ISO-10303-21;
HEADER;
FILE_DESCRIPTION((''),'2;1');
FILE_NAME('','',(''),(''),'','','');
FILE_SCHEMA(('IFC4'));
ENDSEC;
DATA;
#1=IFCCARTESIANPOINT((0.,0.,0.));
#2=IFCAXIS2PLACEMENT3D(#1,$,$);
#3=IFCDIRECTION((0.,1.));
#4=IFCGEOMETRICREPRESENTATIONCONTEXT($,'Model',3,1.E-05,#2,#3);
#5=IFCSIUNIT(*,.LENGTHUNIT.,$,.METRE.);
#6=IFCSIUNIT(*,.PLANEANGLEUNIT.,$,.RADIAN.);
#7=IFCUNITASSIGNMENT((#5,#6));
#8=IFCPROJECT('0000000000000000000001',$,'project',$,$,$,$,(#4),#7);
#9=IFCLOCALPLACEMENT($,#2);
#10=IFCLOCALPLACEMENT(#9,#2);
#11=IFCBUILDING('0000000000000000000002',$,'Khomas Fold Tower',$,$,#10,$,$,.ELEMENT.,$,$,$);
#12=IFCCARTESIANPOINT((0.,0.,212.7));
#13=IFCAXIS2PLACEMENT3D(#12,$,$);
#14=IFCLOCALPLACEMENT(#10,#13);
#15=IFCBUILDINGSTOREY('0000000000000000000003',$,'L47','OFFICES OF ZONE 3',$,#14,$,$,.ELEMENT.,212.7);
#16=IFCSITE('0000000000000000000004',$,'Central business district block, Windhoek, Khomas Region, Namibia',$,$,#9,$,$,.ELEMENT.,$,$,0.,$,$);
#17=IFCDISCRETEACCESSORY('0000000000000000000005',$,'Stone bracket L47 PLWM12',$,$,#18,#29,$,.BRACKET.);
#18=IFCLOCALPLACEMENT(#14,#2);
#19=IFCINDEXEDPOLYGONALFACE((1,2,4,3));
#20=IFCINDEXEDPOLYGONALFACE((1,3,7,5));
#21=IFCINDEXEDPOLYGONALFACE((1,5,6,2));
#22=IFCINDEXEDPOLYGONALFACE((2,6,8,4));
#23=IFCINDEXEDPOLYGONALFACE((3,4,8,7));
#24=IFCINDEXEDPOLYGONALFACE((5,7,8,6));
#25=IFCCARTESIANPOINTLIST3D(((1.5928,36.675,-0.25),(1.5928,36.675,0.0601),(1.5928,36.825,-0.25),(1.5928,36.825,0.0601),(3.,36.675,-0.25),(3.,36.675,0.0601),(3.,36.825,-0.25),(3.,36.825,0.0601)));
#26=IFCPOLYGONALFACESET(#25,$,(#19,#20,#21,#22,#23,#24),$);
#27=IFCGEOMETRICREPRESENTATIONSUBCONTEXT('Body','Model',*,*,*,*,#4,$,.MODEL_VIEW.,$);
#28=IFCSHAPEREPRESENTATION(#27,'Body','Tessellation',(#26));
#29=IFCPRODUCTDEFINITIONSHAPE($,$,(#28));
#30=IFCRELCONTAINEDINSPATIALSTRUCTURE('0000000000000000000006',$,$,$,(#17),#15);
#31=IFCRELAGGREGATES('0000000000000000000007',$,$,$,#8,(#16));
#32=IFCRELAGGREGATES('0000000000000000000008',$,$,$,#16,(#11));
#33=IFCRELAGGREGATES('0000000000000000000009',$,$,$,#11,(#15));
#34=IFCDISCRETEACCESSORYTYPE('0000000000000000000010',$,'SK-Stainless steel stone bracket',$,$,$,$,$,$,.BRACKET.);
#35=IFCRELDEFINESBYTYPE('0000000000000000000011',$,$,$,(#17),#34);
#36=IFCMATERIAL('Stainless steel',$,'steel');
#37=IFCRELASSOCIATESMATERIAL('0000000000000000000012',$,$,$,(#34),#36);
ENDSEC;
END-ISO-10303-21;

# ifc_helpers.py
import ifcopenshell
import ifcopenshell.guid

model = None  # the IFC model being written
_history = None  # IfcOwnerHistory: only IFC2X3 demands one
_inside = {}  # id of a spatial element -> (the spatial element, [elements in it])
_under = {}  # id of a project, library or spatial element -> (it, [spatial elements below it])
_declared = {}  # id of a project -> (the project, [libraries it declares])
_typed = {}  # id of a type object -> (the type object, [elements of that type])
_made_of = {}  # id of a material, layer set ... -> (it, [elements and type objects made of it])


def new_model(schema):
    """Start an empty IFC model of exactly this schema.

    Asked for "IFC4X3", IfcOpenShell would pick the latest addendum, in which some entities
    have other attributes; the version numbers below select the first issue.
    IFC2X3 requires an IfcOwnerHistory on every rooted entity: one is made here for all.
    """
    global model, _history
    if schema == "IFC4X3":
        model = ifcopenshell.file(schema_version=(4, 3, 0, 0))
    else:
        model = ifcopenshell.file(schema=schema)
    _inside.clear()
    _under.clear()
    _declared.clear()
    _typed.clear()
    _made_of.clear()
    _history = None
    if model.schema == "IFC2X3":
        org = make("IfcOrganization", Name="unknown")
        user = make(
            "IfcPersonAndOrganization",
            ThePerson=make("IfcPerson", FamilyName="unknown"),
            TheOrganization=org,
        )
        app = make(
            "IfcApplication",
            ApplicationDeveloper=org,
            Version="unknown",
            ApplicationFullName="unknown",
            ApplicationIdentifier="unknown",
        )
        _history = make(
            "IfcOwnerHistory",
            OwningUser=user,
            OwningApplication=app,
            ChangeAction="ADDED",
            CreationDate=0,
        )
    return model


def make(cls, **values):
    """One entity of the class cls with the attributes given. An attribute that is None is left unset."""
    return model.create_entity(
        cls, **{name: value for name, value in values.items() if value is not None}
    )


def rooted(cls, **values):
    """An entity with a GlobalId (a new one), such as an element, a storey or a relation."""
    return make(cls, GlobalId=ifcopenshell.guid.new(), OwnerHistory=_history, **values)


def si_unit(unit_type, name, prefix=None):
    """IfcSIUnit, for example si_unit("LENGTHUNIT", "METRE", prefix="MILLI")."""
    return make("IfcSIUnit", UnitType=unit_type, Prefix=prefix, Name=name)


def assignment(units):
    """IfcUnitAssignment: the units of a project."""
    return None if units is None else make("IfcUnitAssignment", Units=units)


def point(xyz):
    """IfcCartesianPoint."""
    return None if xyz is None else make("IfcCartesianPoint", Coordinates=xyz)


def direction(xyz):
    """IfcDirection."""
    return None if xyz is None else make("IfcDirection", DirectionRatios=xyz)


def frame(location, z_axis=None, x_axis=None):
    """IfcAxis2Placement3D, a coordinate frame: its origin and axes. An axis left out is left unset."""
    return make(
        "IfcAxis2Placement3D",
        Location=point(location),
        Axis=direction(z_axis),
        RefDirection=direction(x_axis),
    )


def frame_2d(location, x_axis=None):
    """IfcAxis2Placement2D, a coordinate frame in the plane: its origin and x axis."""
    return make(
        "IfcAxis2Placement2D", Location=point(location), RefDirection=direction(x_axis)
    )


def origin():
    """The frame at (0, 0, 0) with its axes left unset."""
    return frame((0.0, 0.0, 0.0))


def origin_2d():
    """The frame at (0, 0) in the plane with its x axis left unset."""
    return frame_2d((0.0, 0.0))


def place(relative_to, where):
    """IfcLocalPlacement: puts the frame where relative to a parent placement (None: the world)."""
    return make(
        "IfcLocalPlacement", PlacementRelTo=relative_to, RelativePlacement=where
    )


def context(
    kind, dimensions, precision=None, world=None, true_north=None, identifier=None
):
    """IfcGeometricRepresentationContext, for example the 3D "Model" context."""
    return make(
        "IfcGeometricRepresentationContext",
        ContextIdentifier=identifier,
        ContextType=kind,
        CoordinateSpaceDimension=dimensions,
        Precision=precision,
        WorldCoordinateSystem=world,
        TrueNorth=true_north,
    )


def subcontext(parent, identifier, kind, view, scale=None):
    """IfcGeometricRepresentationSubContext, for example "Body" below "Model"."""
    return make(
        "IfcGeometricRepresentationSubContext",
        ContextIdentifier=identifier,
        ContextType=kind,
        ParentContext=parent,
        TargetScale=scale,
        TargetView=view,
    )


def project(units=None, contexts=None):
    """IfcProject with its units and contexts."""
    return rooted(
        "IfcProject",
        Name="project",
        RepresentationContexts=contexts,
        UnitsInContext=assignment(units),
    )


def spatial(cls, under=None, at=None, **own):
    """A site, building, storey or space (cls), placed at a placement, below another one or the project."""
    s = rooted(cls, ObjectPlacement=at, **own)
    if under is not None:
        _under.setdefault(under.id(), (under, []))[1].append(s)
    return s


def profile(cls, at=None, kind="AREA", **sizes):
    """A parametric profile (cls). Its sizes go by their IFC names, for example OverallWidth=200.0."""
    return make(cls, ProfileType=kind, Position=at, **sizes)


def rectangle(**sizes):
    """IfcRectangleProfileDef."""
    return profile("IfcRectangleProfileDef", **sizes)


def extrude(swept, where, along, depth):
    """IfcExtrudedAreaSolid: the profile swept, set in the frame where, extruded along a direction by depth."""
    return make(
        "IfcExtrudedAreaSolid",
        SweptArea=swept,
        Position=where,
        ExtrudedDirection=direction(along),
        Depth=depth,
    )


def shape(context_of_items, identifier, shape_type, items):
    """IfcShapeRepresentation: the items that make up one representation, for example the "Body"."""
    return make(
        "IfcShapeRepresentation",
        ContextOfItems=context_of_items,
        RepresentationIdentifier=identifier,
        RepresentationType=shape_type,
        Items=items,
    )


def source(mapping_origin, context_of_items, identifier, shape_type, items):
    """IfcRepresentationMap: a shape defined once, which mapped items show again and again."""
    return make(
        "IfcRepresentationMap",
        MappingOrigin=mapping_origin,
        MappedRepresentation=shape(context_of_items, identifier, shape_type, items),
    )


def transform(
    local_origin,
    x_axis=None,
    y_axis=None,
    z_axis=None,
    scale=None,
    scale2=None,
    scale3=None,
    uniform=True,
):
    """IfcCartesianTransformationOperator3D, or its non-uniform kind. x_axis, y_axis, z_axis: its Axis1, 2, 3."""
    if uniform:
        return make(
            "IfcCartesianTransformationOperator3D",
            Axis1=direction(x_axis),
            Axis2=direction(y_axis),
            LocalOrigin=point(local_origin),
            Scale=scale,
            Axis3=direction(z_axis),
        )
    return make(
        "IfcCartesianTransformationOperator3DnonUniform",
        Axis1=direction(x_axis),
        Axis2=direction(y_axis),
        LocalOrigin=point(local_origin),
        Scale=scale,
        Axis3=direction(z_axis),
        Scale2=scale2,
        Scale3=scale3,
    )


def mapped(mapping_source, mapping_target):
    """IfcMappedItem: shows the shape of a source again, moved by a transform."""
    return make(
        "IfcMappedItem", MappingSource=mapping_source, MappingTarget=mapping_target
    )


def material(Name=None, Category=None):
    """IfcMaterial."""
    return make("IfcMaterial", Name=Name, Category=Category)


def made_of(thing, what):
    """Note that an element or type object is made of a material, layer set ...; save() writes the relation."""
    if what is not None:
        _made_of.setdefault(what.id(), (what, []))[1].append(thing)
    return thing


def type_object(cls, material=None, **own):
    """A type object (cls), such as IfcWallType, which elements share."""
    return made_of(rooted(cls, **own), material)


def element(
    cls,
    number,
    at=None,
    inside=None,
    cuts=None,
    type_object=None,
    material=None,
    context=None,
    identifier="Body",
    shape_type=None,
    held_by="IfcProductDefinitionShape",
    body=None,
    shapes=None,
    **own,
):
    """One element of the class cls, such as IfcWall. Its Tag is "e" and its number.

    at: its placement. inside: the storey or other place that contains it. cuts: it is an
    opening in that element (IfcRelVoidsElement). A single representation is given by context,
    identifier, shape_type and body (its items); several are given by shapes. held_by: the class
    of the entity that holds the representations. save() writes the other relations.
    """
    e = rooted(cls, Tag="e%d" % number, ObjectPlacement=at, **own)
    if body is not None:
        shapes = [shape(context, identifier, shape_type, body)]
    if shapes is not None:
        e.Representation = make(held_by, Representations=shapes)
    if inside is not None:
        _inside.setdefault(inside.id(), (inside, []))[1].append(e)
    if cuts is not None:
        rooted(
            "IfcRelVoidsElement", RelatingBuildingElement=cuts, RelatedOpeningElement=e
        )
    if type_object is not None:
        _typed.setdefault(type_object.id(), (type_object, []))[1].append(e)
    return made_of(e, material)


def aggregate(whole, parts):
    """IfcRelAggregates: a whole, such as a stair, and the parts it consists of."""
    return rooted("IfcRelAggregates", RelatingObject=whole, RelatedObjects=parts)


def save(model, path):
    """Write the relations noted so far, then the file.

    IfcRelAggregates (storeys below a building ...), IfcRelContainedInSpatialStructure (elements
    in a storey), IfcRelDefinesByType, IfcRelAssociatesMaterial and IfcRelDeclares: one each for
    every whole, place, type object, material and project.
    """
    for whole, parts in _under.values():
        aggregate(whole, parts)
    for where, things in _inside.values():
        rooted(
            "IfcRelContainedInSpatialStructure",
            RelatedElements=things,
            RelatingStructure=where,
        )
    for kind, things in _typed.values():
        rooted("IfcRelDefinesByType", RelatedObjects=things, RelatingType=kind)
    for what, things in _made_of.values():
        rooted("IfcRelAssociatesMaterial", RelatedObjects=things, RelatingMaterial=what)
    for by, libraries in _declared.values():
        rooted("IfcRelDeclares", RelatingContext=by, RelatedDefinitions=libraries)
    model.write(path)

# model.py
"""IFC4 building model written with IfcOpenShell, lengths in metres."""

from ifc_helpers import new_model, si_unit, direction, frame, origin, origin_2d, place, context, subcontext, project, spatial, rectangle, extrude, source, transform, mapped, material, type_object, element, save


model = new_model("IFC4")

# Units and contexts
model_context = context("Model", 3, precision=1e-05, world=origin(), true_north=direction((0.0, 1.0)))
body_context = subcontext(model_context, "Body", "Model", "MODEL_VIEW")
ifc_project = project(units=[si_unit("LENGTHUNIT", "METRE"), si_unit("PLANEANGLEUNIT", "RADIAN")], contexts=[model_context])

# Site, building, storey
site_placement = place(None, origin())
site = spatial("IfcSite", under=ifc_project, at=site_placement, Name="Central business district block, Windhoek, Khomas Region, Namibia", CompositionType="ELEMENT", RefElevation=0.0)
building_placement = place(site_placement, origin())
building = spatial("IfcBuilding", under=site, at=building_placement, Name="Khomas Fold Tower", CompositionType="ELEMENT")
storey_placement = place(building_placement, frame((0.0, 0.0, 212.7)))
storey = spatial("IfcBuildingStorey", under=building, at=storey_placement, Name="L47", Description="OFFICES OF ZONE 3", CompositionType="ELEMENT", Elevation=212.7)

# Discrete accessory
ifc_material_1 = material(Name="Stainless steel", Category="steel")
discrete_accessory_type = type_object("IfcDiscreteAccessoryType", Name="SK-Stainless steel stone bracket", PredefinedType="BRACKET", material=ifc_material_1)
shared_shape_1 = source(origin(), body_context, "Body", "SweptSolid", [
    extrude(rectangle(XDim=1.4072, YDim=0.1499, at=origin_2d()), origin(), (0.0, 0.0, 1.0), 0.3101),
])
for number, where, z_axis, x_axis, name in (
    (1, (2.2964, 36.75, -0.25), (0.0, 0.0, 1.0), (-1.0, 0.0, 0.0), "Stone bracket L47 PLWM12"),
):
    element("IfcDiscreteAccessory", number, at=place(storey_placement, frame(where, z_axis=z_axis, x_axis=x_axis)), inside=storey, type_object=discrete_accessory_type, Name=name, PredefinedType="BRACKET", context=body_context, shape_type="MappedRepresentation", body=[
        mapped(shared_shape_1, transform((0.0, 0.0, 0.0))),
    ])

save(model, "model.ifc")
